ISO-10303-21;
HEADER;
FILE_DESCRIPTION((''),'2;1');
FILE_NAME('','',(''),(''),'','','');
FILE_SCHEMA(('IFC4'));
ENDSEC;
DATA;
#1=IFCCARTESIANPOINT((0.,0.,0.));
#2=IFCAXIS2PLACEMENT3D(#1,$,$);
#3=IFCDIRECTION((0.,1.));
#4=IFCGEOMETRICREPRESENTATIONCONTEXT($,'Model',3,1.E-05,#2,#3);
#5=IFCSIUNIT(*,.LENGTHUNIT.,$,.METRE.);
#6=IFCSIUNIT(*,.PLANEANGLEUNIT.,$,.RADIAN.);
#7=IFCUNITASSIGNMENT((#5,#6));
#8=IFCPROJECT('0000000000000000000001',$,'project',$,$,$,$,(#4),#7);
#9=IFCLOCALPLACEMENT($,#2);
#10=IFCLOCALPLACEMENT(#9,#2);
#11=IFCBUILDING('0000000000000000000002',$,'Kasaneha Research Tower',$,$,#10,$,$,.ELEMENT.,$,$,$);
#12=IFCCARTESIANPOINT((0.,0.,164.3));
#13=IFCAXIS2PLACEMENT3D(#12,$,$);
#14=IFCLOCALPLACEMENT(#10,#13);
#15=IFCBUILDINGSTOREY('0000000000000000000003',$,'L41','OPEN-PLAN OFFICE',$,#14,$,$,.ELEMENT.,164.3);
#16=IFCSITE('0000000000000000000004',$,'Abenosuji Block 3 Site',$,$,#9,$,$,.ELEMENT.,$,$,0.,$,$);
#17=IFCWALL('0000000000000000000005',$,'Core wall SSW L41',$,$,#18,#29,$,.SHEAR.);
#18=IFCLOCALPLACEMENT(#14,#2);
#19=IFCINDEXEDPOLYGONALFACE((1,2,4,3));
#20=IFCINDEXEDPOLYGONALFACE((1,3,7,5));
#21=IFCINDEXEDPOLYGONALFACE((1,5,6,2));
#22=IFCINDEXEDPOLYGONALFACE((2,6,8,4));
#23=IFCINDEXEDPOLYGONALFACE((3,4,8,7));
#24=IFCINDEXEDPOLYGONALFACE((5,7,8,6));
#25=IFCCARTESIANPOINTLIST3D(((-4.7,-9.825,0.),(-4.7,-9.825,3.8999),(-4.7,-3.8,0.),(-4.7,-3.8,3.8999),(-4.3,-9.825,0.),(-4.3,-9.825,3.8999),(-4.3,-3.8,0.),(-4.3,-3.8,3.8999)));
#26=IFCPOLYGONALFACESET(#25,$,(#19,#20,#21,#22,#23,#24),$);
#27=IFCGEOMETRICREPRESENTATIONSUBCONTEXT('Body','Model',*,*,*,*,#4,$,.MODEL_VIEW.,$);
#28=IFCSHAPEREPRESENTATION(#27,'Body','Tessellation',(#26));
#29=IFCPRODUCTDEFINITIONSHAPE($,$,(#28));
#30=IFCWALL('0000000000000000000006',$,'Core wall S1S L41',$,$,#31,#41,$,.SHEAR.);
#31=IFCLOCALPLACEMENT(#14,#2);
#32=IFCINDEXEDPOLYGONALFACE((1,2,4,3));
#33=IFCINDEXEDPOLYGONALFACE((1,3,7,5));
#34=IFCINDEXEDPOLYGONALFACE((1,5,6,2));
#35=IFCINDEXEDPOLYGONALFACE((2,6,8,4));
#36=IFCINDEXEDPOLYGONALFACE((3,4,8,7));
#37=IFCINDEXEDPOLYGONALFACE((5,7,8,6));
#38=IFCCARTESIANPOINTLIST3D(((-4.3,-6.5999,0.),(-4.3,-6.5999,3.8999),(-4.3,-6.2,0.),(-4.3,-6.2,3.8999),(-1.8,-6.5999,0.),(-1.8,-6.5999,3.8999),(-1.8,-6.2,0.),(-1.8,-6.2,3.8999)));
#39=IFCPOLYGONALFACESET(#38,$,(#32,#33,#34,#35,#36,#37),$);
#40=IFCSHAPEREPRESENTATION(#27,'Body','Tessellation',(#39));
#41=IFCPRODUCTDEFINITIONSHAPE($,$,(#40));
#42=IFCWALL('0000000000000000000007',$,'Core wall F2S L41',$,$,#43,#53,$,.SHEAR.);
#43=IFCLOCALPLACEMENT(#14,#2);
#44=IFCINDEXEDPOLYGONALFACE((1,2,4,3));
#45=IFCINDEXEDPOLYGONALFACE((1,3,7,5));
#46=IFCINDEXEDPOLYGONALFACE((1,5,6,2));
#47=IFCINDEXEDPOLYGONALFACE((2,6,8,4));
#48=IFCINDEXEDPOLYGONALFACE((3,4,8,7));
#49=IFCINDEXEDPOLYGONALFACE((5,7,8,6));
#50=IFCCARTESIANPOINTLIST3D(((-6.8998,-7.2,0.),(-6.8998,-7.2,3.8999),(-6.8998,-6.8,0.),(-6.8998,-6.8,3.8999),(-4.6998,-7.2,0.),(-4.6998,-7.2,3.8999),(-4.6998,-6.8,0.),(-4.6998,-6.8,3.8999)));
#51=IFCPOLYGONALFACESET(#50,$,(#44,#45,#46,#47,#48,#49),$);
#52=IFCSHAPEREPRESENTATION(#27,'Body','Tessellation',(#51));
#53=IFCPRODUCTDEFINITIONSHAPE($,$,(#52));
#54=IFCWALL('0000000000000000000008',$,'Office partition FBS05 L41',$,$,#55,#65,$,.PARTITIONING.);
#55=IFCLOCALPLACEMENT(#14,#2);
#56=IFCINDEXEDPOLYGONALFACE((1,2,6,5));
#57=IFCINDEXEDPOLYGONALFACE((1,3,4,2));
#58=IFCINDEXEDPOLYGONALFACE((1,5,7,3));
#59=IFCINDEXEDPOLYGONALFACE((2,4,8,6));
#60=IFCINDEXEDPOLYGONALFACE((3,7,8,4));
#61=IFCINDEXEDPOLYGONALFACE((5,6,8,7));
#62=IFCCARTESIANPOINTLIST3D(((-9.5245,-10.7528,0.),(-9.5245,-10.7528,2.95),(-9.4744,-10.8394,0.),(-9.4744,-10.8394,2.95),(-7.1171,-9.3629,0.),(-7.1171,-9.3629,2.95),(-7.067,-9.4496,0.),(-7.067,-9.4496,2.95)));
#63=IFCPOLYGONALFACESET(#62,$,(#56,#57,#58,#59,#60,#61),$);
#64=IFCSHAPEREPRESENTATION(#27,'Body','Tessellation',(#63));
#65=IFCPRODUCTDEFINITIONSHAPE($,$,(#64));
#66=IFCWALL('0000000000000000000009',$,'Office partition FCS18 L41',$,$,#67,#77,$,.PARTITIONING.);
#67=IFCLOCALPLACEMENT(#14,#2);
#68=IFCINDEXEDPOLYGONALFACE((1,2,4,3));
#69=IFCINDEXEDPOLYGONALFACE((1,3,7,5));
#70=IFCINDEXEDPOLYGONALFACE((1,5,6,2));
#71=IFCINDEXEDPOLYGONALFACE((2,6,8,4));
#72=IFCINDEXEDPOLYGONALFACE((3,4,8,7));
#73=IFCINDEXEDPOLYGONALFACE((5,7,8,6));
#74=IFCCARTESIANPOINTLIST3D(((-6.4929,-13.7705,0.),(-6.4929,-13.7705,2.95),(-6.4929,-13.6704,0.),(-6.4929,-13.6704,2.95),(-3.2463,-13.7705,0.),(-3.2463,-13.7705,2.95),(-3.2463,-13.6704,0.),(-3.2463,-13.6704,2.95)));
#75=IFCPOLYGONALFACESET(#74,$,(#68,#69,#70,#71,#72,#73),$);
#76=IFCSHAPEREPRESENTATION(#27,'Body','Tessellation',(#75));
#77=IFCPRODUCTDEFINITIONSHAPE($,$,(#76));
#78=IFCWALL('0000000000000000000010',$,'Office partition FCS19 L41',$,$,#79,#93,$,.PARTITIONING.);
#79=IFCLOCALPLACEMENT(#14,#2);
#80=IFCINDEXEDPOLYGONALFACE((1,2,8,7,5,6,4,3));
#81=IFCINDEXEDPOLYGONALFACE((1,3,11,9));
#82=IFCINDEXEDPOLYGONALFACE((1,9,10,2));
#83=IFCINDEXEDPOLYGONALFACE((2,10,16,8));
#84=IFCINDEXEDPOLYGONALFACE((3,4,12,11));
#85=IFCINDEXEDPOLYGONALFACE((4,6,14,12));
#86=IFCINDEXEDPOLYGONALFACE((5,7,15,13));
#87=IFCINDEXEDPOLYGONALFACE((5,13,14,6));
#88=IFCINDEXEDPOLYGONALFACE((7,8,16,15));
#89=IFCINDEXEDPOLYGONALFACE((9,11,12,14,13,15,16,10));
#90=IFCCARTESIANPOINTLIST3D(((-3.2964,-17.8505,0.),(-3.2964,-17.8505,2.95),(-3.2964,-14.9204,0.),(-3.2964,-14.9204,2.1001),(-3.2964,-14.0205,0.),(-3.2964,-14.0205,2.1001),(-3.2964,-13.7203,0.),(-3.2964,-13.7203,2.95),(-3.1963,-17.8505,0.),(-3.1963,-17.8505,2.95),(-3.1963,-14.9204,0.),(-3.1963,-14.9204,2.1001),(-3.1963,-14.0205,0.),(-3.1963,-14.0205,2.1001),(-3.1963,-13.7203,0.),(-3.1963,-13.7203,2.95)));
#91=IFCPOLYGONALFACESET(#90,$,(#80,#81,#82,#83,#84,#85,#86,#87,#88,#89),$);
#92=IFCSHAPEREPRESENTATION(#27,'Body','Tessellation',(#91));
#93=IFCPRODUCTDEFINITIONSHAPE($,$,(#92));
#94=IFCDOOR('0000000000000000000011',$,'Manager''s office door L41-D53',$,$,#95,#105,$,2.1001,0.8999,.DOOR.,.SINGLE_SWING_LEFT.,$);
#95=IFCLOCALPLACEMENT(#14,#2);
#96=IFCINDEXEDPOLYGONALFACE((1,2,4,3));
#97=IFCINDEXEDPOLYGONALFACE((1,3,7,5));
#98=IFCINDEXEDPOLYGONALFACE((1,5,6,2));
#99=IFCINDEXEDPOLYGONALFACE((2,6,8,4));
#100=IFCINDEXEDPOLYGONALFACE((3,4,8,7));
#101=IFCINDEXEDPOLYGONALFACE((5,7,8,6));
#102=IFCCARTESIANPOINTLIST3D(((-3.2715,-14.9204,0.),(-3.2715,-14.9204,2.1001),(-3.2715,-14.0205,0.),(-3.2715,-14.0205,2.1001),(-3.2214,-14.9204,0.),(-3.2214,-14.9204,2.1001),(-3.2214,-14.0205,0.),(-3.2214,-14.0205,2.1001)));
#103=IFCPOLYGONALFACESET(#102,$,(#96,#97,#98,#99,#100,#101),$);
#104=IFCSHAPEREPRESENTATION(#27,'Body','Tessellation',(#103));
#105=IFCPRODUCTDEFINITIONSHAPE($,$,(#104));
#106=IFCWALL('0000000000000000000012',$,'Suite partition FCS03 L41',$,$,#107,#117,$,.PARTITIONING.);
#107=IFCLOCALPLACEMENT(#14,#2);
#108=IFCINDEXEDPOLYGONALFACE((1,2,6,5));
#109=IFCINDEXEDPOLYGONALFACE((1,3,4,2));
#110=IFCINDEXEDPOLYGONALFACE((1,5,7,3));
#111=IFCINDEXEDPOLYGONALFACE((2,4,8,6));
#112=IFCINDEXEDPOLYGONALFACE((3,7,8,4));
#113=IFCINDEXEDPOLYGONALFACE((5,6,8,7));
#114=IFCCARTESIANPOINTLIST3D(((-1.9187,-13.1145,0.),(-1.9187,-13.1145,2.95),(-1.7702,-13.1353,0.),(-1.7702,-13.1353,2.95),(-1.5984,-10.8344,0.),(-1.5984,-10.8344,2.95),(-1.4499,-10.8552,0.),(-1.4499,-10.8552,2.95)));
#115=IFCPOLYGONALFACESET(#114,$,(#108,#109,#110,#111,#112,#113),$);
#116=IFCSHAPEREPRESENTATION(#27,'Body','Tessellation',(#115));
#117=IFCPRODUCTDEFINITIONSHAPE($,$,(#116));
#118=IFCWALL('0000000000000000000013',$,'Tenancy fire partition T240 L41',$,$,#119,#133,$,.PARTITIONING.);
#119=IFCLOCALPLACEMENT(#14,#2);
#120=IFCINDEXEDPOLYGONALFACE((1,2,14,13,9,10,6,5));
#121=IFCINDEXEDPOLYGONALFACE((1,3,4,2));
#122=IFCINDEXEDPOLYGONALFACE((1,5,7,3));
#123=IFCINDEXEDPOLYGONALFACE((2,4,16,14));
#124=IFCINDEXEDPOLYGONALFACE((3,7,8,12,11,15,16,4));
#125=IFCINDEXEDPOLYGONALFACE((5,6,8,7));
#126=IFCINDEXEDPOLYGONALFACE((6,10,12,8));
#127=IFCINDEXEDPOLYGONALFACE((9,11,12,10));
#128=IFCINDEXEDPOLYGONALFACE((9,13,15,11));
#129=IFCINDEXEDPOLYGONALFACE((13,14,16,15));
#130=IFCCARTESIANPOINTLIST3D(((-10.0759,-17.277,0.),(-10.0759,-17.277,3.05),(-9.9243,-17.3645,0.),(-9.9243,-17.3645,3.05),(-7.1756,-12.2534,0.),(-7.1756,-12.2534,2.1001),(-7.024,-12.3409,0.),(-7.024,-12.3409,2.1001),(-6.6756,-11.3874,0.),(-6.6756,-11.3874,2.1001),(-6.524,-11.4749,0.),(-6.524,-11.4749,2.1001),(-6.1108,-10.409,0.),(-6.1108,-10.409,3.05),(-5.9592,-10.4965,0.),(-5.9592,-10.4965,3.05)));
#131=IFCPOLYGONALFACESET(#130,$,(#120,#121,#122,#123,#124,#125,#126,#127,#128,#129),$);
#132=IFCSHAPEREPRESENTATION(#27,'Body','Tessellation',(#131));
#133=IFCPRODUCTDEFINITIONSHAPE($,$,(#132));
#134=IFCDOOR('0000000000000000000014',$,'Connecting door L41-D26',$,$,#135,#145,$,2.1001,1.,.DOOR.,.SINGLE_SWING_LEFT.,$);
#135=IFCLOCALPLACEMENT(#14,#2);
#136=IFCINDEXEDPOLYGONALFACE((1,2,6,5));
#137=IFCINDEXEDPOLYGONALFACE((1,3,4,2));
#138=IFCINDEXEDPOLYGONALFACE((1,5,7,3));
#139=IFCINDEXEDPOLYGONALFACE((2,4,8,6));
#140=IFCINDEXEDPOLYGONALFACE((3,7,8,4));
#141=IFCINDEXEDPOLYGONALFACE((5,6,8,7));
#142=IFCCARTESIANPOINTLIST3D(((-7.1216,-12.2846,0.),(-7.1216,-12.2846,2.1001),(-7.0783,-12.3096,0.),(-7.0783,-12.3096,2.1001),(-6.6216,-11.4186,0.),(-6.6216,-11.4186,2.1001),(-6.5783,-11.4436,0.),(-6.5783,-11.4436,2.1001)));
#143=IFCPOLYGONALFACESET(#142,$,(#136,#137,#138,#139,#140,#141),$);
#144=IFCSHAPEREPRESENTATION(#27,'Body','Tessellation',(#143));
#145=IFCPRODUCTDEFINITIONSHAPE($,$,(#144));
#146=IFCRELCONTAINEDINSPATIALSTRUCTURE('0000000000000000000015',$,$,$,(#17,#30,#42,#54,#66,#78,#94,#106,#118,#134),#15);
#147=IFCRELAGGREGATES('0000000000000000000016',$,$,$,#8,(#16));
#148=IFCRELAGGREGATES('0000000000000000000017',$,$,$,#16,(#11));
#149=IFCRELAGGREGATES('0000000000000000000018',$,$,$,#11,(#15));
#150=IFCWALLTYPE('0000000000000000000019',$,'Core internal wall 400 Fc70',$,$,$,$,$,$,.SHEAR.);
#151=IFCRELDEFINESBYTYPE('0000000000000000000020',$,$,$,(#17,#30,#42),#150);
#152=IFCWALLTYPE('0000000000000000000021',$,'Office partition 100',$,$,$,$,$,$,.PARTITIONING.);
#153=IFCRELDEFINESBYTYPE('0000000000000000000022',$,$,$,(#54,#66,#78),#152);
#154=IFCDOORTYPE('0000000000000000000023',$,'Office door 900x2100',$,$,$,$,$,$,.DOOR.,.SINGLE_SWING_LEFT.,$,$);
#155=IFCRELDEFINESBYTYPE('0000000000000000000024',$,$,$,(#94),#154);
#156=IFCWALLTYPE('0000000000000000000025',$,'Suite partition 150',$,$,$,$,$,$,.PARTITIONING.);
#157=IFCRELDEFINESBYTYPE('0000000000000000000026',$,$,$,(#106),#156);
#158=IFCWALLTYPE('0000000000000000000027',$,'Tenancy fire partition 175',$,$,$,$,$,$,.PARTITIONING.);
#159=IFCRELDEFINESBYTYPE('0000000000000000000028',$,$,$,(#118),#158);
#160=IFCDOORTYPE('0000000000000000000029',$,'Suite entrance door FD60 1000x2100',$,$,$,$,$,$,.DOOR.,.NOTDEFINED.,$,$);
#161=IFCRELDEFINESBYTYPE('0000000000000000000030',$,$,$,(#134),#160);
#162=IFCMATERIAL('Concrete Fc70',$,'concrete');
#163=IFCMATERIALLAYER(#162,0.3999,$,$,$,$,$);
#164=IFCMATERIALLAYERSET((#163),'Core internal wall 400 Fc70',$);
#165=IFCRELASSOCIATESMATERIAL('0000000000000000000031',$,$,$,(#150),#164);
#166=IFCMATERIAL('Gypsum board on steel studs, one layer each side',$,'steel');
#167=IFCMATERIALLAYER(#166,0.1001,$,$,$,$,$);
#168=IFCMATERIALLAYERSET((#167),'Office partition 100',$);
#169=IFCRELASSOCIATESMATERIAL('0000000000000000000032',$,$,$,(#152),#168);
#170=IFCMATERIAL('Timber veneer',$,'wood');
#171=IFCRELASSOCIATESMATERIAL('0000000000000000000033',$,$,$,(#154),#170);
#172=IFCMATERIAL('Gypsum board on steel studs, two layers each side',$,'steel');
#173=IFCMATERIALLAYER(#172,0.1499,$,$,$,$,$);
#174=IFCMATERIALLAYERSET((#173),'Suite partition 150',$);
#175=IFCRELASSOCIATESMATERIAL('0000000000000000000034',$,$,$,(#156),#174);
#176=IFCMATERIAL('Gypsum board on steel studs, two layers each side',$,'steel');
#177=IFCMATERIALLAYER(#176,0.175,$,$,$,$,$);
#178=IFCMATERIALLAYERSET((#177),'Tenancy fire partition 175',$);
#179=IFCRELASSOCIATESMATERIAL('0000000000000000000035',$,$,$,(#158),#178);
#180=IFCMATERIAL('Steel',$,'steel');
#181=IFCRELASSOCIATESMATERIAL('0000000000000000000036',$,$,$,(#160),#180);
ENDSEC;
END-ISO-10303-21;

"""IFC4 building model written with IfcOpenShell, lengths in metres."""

from ifc_helpers import new_model, si_unit, direction, frame, frame_2d, origin, place, context, subcontext, project, spatial, rectangle, extrude, material, layer, layer_set, type_object, element, fill, save


model = new_model("IFC4")

# Units and contexts
model_context = context("Model", 3, precision=1e-05, world=origin(), true_north=direction((0.0, 1.0)))
body_context = subcontext(model_context, "Body", "Model", "MODEL_VIEW")
ifc_project = project(units=[si_unit("LENGTHUNIT", "METRE"), si_unit("PLANEANGLEUNIT", "RADIAN")], contexts=[model_context])

# Site, building, storey
site_placement = place(None, origin())
site = spatial("IfcSite", under=ifc_project, at=site_placement, Name="Abenosuji Block 3 Site", CompositionType="ELEMENT", RefElevation=0.0)
building_placement = place(site_placement, origin())
building = spatial("IfcBuilding", under=site, at=building_placement, Name="Kasaneha Research Tower", CompositionType="ELEMENT")
storey_placement = place(building_placement, frame((0.0, 0.0, 164.3)))
storey = spatial("IfcBuildingStorey", under=building, at=storey_placement, Name="L41", Description="OPEN-PLAN OFFICE", CompositionType="ELEMENT", Elevation=164.3)

# Shared definitions
ifc_material_1 = material(Name="Concrete Fc70", Category="concrete")
ifc_layer_1 = layer(ifc_material_1, 0.3999)
ifc_layer_set_1 = layer_set([ifc_layer_1], Name="Core internal wall 400 Fc70")
wall_type_1 = type_object("IfcWallType", Name="Core internal wall 400 Fc70", PredefinedType="SHEAR", material=ifc_layer_set_1)

# Walls
wall_1_placement = place(storey_placement, frame((-4.5, -3.8, 0.0), z_axis=(0.0, 0.0, 1.0), x_axis=(0.0, -1.0, 0.0)))
element("IfcWall", 1, at=wall_1_placement, inside=storey, type_object=wall_type_1, Name="Core wall SSW L41", PredefinedType="SHEAR", context=body_context, shape_type="SweptSolid", body=[
    extrude(rectangle(XDim=6.0249, YDim=0.3999, at=frame_2d((3.0125, 0.0))), origin(), (0.0, 0.0, 1.0), 3.8999),
])
wall_2_placement = place(storey_placement, frame((-4.3, -6.3999, 0.0), z_axis=(0.0, 0.0, 1.0), x_axis=(1.0, 0.0, 0.0)))
element("IfcWall", 2, at=wall_2_placement, inside=storey, type_object=wall_type_1, Name="Core wall S1S L41", PredefinedType="SHEAR", context=body_context, shape_type="SweptSolid", body=[
    extrude(rectangle(XDim=2.5, YDim=0.3999, at=frame_2d((1.25, 0.0))), origin(), (0.0, 0.0, 1.0), 3.8999),
])
wall_3_placement = place(storey_placement, frame((-6.8999, -7.0, 0.0), z_axis=(0.0, 0.0, 1.0), x_axis=(1.0, 0.0, 0.0)))
element("IfcWall", 3, at=wall_3_placement, inside=storey, type_object=wall_type_1, Name="Core wall F2S L41", PredefinedType="SHEAR", context=body_context, shape_type="SweptSolid", body=[
    extrude(rectangle(XDim=2.2, YDim=0.3999, at=frame_2d((1.1001, 0.0))), origin(), (0.0, 0.0, 1.0), 3.8999),
])

# Walls
ifc_material_2 = material(Name="Gypsum board on steel studs, one layer each side", Category="steel")
ifc_layer_2 = layer(ifc_material_2, 0.1001)
ifc_layer_set_2 = layer_set([ifc_layer_2], Name="Office partition 100")
wall_type_2 = type_object("IfcWallType", Name="Office partition 100", PredefinedType="PARTITIONING", material=ifc_layer_set_2)
wall_4_placement = place(storey_placement, frame((-7.092, -9.4062, 0.0), z_axis=(0.0, 0.0, 1.0), x_axis=(-0.866035, -0.499983, 0.0)))
element("IfcWall", 4, at=wall_4_placement, inside=storey, type_object=wall_type_2, Name="Office partition FBS05 L41", PredefinedType="PARTITIONING", context=body_context, shape_type="SweptSolid", body=[
    extrude(rectangle(XDim=2.7798, YDim=0.1001, at=frame_2d((1.3899, 0.0))), origin(), (0.0, 0.0, 1.0), 2.95),
])
wall_5_placement = place(storey_placement, frame((-6.4929, -13.7205, 0.0), z_axis=(0.0, 0.0, 1.0), x_axis=(1.0, 0.0, 0.0)))
element("IfcWall", 5, at=wall_5_placement, inside=storey, type_object=wall_type_2, Name="Office partition FCS18 L41", PredefinedType="PARTITIONING", context=body_context, shape_type="SweptSolid", body=[
    extrude(rectangle(XDim=3.2466, YDim=0.1001, at=frame_2d((1.6233, 0.0))), origin(), (0.0, 0.0, 1.0), 2.95),
])

# Wall, opening, door
wall_6_placement = place(storey_placement, frame((-3.2463, -13.7205, 0.0), z_axis=(0.0, 0.0, 1.0), x_axis=(0.0, -1.0, 0.0)))
wall_6 = element("IfcWall", 6, at=wall_6_placement, inside=storey, type_object=wall_type_2, Name="Office partition FCS19 L41", PredefinedType="PARTITIONING", context=body_context, shape_type="SweptSolid", body=[
    extrude(rectangle(XDim=4.1301, YDim=0.1001, at=frame_2d((2.0649, 0.0))), origin(), (0.0, 0.0, 1.0), 2.95),
])
opening_1_placement = place(wall_6_placement, frame((0.3, 0.0, 0.0)))
opening_1 = element("IfcOpeningElement", 7, at=opening_1_placement, cuts=wall_6, PredefinedType="OPENING", context=body_context, shape_type="SweptSolid", body=[
    extrude(rectangle(XDim=0.8999, YDim=2.1001, at=frame_2d((0.45, 1.05))), frame((0.0, 0.0601, 0.0), z_axis=(0.0, -1.0, 0.0), x_axis=(1.0, 0.0, 0.0)), (0.0, 0.0, 1.0), 0.1201),
])
ifc_material_3 = material(Name="Timber veneer", Category="wood")
door_type_1 = type_object("IfcDoorType", Name="Office door 900x2100", OperationType="SINGLE_SWING_LEFT", PredefinedType="DOOR", material=ifc_material_3)
door_1_placement = place(opening_1_placement, origin())
door_1 = element("IfcDoor", 8, at=door_1_placement, inside=storey, type_object=door_type_1, Name="Manager's office door L41-D53", OperationType="SINGLE_SWING_LEFT", OverallHeight=2.1001, OverallWidth=0.8999, PredefinedType="DOOR", context=body_context, shape_type="SweptSolid", body=[
    extrude(rectangle(XDim=0.8999, YDim=2.1001, at=frame_2d((0.45, 1.05))), frame((0.0, 0.0249, 0.0), z_axis=(0.0, -1.0, 0.0), x_axis=(1.0, 0.0, 0.0)), (0.0, 0.0, 1.0), 0.05),
])
fill(opening_1, door_1)

# Wall
ifc_material_4 = material(Name="Gypsum board on steel studs, two layers each side", Category="steel")
ifc_layer_3 = layer(ifc_material_4, 0.1499)
ifc_layer_set_3 = layer_set([ifc_layer_3], Name="Suite partition 150")
wall_type_3 = type_object("IfcWallType", Name="Suite partition 150", PredefinedType="PARTITIONING", material=ifc_layer_set_3)
wall_7_placement = place(storey_placement, frame((-1.8445, -13.125, 0.0), z_axis=(0.0, 0.0, 1.0), x_axis=(0.13912, 0.990276, 0.0)))
element("IfcWall", 9, at=wall_7_placement, inside=storey, type_object=wall_type_3, Name="Suite partition FCS03 L41", PredefinedType="PARTITIONING", context=body_context, shape_type="SweptSolid", body=[
    extrude(rectangle(XDim=2.3025, YDim=0.1499, at=frame_2d((1.1514, 0.0))), origin(), (0.0, 0.0, 1.0), 2.95),
])

# Wall, opening, door
ifc_material_5 = material(Name="Gypsum board on steel studs, two layers each side", Category="steel")
ifc_layer_4 = layer(ifc_material_5, 0.175)
ifc_layer_set_4 = layer_set([ifc_layer_4], Name="Tenancy fire partition 175")
wall_type_4 = type_object("IfcWallType", Name="Tenancy fire partition 175", PredefinedType="PARTITIONING", material=ifc_layer_set_4)
wall_8_placement = place(storey_placement, frame((-6.0349, -10.4526, 0.0), z_axis=(0.0, 0.0, 1.0), x_axis=(-0.49999, -0.866031, 0.0)))
wall_8 = element("IfcWall", 10, at=wall_8_placement, inside=storey, type_object=wall_type_4, Name="Tenancy fire partition T240 L41", PredefinedType="PARTITIONING", context=body_context, shape_type="SweptSolid", body=[
    extrude(rectangle(XDim=7.9304, YDim=0.175, at=frame_2d((3.9653, 0.0))), origin(), (0.0, 0.0, 1.0), 3.05),
])
opening_2_placement = place(wall_8_placement, frame((1.1299, 0.0, 0.0)))
opening_2 = element("IfcOpeningElement", 11, at=opening_2_placement, cuts=wall_8, PredefinedType="OPENING", context=body_context, shape_type="SweptSolid", body=[
    extrude(rectangle(XDim=1.0, YDim=2.1001, at=frame_2d((0.5, 1.05))), frame((0.0, 0.0977, 0.0), z_axis=(0.0, -1.0, 0.0), x_axis=(1.0, 0.0, 0.0)), (0.0, 0.0, 1.0), 0.1951),
])
ifc_material_6 = material(Name="Steel", Category="steel")
door_type_2 = type_object("IfcDoorType", Name="Suite entrance door FD60 1000x2100", OperationType="NOTDEFINED", PredefinedType="DOOR", material=ifc_material_6)
door_2_placement = place(opening_2_placement, origin())
door_2 = element("IfcDoor", 12, at=door_2_placement, inside=storey, type_object=door_type_2, Name="Connecting door L41-D26", OperationType="SINGLE_SWING_LEFT", OverallHeight=2.1001, OverallWidth=1.0, PredefinedType="DOOR", context=body_context, shape_type="SweptSolid", body=[
    extrude(rectangle(XDim=1.0, YDim=2.1001, at=frame_2d((0.5, 1.05))), frame((0.0, 0.0249, 0.0), z_axis=(0.0, -1.0, 0.0), x_axis=(1.0, 0.0, 0.0)), (0.0, 0.0, 1.0), 0.05),
])
fill(opening_2, door_2)

save(model, "model.ifc")
